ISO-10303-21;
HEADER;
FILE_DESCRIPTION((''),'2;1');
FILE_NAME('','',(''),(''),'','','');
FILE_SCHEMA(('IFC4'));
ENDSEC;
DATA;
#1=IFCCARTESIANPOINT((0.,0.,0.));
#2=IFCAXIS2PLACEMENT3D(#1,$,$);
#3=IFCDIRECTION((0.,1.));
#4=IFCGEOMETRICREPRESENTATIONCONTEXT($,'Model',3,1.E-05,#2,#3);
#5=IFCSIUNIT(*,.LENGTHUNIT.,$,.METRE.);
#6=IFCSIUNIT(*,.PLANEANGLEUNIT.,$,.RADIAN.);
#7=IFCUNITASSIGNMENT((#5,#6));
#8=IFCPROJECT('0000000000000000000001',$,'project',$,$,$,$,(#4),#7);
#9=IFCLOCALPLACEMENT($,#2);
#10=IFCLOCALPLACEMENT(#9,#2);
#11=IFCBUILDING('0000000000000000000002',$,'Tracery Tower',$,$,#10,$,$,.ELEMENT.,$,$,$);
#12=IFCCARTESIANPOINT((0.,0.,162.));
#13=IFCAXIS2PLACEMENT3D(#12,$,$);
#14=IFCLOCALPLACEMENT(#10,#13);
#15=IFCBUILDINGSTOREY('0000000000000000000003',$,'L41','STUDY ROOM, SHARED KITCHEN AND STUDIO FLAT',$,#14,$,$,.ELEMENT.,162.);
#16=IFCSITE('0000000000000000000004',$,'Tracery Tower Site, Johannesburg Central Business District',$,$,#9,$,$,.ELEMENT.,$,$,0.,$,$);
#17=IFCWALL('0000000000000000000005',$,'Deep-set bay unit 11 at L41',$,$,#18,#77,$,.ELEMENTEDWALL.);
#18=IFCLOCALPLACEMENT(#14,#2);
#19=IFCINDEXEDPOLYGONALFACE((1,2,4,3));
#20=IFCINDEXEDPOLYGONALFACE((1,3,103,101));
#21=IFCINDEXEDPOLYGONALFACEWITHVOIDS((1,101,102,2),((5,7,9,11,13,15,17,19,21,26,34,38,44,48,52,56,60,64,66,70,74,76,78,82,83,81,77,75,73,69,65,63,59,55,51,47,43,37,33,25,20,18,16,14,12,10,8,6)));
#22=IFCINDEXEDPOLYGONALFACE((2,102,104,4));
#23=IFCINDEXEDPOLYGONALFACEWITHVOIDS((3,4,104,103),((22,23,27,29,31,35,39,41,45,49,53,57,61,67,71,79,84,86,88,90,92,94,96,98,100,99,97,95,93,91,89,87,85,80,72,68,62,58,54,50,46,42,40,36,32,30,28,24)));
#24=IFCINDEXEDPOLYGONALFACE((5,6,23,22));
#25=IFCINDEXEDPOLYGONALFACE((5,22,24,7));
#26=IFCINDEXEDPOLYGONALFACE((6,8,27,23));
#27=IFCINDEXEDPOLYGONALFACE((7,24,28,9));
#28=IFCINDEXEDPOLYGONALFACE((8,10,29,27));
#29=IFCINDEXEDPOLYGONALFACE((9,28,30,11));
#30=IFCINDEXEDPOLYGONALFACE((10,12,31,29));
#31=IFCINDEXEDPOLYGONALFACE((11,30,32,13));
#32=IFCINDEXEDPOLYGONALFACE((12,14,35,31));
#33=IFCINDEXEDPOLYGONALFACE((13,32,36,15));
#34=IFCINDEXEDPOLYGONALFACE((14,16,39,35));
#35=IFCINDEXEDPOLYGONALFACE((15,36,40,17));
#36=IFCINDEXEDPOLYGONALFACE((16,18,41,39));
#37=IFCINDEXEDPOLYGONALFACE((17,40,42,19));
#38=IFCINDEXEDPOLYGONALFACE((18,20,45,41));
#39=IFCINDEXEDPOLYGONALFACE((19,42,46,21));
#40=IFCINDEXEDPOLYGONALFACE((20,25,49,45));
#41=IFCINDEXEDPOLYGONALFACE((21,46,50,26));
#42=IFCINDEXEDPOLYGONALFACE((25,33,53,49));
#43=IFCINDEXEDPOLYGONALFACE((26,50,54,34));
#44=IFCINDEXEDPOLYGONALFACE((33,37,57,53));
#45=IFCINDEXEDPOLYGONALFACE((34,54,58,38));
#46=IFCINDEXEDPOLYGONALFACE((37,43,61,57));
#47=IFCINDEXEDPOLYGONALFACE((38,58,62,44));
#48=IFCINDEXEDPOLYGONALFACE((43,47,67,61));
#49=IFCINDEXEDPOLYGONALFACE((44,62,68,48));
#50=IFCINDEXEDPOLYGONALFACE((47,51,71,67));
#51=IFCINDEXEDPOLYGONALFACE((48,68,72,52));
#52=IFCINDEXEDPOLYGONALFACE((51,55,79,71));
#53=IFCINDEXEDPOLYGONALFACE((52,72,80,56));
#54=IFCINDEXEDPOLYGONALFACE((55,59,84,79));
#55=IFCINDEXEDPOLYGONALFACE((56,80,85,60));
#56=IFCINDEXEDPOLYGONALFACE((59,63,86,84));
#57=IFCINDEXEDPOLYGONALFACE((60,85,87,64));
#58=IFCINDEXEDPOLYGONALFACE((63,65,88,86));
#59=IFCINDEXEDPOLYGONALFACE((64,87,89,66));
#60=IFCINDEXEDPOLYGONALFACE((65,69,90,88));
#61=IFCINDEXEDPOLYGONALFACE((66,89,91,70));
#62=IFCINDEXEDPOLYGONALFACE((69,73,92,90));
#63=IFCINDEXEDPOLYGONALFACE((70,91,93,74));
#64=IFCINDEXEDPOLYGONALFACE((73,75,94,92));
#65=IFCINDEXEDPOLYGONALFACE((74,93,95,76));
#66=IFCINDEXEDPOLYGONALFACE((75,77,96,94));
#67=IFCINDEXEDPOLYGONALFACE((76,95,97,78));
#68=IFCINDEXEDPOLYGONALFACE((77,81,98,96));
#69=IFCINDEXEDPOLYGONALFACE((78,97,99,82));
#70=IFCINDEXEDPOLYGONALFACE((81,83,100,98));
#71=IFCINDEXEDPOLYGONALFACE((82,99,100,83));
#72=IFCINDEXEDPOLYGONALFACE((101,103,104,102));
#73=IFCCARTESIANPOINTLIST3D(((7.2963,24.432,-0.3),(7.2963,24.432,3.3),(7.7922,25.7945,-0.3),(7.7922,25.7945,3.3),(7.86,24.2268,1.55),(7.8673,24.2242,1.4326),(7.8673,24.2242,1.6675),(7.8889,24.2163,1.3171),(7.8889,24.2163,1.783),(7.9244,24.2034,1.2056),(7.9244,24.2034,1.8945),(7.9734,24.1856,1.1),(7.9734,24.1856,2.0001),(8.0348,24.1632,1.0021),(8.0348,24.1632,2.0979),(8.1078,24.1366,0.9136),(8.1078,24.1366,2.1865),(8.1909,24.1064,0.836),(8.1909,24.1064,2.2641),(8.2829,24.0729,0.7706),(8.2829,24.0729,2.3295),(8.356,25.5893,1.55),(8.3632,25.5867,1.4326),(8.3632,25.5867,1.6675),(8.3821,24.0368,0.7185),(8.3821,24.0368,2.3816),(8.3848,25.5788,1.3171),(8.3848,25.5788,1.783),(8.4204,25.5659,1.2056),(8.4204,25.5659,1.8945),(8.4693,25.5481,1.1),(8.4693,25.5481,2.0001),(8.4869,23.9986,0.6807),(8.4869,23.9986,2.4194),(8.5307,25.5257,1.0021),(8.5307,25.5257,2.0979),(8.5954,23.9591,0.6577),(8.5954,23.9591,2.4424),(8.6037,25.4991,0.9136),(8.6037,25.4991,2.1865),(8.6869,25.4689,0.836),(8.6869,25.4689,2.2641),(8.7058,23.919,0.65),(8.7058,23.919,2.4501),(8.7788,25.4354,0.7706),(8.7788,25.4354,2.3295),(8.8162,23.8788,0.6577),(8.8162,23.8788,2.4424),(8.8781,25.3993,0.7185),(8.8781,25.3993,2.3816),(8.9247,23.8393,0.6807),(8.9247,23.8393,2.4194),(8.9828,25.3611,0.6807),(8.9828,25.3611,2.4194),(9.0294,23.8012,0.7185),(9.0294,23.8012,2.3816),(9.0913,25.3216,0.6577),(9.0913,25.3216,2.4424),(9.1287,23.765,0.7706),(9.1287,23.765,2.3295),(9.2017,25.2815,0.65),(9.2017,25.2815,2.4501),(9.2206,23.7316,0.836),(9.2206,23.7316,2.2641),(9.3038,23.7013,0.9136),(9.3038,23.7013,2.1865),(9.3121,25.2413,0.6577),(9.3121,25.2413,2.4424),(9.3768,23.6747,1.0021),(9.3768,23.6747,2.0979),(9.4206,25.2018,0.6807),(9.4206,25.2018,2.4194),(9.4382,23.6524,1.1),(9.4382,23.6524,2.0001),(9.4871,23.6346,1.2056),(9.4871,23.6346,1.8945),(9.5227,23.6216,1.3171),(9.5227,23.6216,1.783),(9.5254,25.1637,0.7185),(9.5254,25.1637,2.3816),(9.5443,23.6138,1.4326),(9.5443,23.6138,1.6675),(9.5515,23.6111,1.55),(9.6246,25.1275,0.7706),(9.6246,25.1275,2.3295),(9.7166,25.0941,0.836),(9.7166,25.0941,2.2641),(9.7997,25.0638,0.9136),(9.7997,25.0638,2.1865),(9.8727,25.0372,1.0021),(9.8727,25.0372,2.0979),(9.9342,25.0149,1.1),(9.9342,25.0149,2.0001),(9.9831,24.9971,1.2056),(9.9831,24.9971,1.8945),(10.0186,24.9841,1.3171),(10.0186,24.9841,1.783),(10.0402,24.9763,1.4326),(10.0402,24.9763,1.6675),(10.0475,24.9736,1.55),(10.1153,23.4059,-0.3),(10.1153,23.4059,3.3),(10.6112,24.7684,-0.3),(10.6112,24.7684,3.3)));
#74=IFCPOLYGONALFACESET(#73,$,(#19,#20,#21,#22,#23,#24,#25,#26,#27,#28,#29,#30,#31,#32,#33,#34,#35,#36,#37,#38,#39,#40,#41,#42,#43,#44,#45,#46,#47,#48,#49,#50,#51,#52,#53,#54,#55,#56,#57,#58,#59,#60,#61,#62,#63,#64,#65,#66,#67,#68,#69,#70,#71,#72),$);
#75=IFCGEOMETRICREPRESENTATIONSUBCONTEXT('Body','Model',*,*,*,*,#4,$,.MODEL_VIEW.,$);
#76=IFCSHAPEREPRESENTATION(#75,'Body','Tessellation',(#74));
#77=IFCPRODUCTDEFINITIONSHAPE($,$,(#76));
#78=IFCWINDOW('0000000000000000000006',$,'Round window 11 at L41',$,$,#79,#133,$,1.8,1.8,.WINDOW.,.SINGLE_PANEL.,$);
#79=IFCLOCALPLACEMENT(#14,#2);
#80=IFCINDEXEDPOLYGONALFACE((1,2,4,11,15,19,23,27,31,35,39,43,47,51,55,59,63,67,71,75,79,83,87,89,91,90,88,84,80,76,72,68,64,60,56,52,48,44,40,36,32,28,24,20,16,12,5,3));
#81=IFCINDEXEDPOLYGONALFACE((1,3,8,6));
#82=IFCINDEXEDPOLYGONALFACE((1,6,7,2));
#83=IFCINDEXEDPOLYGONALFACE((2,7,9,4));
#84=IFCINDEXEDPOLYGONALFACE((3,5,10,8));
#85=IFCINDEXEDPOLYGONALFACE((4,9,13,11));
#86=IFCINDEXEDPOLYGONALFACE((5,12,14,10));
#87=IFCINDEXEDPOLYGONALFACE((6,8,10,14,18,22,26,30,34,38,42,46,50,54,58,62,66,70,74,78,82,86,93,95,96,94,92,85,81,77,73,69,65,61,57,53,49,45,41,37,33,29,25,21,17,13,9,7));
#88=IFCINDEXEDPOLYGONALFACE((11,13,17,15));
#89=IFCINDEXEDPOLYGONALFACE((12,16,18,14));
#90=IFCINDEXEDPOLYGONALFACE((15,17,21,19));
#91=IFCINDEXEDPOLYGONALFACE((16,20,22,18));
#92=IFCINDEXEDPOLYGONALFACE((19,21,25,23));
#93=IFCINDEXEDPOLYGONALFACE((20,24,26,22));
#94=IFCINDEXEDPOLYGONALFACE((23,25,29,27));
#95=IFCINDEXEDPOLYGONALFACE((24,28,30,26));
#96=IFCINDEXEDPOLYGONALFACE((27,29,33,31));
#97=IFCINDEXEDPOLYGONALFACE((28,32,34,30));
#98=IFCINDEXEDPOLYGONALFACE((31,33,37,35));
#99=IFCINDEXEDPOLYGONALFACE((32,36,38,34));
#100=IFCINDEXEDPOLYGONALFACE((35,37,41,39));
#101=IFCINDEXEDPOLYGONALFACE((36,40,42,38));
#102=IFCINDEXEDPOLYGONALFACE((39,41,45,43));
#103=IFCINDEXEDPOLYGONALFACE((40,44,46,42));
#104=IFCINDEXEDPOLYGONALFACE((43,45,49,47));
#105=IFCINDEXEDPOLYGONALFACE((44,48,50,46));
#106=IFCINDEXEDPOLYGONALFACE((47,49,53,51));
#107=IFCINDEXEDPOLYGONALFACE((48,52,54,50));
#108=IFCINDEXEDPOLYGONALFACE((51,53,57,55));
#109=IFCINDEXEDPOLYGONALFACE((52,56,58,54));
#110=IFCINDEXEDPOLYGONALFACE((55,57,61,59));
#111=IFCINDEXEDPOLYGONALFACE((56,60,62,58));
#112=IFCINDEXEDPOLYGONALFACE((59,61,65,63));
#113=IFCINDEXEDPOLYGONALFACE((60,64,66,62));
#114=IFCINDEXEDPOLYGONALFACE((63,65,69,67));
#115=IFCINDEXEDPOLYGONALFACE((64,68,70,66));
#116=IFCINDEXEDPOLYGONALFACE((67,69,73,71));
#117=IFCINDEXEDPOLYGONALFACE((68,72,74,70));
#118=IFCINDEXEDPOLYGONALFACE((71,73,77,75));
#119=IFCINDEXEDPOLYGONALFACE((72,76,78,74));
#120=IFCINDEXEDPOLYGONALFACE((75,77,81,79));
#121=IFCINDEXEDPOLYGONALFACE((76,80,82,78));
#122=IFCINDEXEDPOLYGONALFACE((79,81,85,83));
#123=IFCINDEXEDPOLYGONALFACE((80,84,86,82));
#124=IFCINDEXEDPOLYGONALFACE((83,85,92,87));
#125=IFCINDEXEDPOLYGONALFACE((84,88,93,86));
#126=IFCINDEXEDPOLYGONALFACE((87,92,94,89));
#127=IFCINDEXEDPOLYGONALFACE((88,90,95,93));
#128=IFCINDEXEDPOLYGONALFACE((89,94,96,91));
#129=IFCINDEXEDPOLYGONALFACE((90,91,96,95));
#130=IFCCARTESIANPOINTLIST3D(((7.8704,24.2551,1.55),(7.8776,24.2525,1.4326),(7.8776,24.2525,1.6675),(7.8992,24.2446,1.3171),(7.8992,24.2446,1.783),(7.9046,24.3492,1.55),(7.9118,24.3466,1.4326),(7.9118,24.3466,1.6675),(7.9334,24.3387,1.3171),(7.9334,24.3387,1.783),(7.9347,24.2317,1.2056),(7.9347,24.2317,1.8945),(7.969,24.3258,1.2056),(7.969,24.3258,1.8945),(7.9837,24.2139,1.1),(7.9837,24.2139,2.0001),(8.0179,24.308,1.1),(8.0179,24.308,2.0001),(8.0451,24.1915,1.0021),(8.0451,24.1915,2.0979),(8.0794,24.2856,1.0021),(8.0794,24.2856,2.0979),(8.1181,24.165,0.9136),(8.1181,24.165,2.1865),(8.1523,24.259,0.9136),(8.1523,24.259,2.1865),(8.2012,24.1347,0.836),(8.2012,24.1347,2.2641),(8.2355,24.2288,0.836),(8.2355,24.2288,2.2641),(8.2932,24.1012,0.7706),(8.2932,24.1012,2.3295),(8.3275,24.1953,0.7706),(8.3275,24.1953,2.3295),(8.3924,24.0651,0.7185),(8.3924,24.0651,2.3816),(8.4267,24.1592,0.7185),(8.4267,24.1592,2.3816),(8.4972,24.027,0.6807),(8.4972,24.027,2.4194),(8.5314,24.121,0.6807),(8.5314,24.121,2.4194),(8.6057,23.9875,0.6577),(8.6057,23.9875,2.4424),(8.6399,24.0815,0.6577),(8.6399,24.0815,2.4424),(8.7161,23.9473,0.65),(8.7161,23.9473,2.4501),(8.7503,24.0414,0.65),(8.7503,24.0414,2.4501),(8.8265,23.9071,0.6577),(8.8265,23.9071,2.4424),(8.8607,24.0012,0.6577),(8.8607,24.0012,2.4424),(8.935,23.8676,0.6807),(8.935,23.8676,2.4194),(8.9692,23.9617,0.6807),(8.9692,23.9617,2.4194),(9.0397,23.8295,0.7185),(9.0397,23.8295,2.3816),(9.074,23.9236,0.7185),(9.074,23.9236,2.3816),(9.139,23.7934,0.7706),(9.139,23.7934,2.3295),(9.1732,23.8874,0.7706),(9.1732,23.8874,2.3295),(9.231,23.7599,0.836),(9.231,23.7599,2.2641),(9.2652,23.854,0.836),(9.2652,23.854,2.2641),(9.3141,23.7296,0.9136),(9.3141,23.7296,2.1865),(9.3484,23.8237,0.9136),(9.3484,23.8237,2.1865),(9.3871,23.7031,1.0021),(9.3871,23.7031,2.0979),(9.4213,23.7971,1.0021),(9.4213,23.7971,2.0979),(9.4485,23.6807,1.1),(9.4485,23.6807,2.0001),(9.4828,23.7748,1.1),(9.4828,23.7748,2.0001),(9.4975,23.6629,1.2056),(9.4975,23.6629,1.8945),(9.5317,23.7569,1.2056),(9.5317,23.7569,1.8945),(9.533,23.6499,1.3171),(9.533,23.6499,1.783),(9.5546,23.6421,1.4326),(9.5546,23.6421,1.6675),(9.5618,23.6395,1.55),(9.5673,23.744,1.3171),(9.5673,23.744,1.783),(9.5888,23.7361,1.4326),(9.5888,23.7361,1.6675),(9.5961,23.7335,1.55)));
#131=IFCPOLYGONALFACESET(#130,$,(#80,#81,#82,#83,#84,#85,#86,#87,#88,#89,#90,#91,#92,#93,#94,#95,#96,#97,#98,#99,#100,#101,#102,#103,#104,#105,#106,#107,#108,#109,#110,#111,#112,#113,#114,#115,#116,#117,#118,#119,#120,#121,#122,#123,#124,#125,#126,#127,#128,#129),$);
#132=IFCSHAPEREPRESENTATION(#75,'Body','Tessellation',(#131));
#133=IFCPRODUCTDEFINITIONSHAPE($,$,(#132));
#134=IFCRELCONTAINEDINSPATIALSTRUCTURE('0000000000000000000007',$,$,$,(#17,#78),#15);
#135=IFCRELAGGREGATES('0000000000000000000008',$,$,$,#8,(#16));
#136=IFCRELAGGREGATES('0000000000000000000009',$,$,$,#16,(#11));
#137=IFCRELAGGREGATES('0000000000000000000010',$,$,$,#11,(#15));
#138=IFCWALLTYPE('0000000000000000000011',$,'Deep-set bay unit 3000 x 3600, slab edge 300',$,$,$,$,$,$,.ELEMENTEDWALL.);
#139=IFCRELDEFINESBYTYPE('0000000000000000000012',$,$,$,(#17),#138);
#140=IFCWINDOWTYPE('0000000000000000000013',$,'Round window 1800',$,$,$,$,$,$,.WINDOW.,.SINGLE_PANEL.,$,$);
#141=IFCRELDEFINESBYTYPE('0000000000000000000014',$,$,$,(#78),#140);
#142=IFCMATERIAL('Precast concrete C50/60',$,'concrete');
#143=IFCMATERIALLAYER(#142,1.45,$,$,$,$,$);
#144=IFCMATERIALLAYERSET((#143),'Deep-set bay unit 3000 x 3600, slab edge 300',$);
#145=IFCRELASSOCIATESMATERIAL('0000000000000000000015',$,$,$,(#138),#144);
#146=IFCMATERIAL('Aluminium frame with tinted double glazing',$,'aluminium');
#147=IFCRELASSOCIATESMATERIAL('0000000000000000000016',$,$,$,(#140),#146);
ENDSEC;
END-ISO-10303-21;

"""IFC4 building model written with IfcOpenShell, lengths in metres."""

from ifc_helpers import new_model, si_unit, direction, frame, frame_2d, origin, origin_2d, place, context, subcontext, project, spatial, rectangle, circle, extrude, material, layer, layer_set, type_object, element, fill, save


model = new_model("IFC4")

# Units and contexts
model_context = context("Model", 3, precision=1e-05, world=origin(), true_north=direction((0.0, 1.0)))
body_context = subcontext(model_context, "Body", "Model", "MODEL_VIEW")
ifc_project = project(units=[si_unit("LENGTHUNIT", "METRE"), si_unit("PLANEANGLEUNIT", "RADIAN")], contexts=[model_context])

# Site, building, storey
site_placement = place(None, origin())
site = spatial("IfcSite", under=ifc_project, at=site_placement, Name="Tracery Tower Site, Johannesburg Central Business District", CompositionType="ELEMENT", RefElevation=0.0)
building_placement = place(site_placement, origin())
building = spatial("IfcBuilding", under=site, at=building_placement, Name="Tracery Tower", CompositionType="ELEMENT")
storey_placement = place(building_placement, frame((0.0, 0.0, 162.0)))
storey = spatial("IfcBuildingStorey", under=building, at=storey_placement, Name="L41", Description="STUDY ROOM, SHARED KITCHEN AND STUDIO FLAT", CompositionType="ELEMENT", Elevation=162.0)

# Wall, opening, window
ifc_material_1 = material(Name="Precast concrete C50/60", Category="concrete")
ifc_layer_1 = layer(ifc_material_1, 1.45)
ifc_layer_set_1 = layer_set([ifc_layer_1], Name="Deep-set bay unit 3000 x 3600, slab edge 300")
wall_type_1 = type_object("IfcWallType", Name="Deep-set bay unit 3000 x 3600, slab edge 300", PredefinedType="ELEMENTEDWALL", material=ifc_layer_set_1)
ifc_material_2 = material(Name="Aluminium frame with tinted double glazing", Category="aluminium")
window_type = type_object("IfcWindowType", Name="Round window 1800", PartitioningType="SINGLE_PANEL", PredefinedType="WINDOW", material=ifc_material_2)
wall_1_placement = place(storey_placement, frame((10.3633, 24.0872, -0.3), z_axis=(0.0, 0.0, 1.0), x_axis=(-0.939686, 0.342037, 0.0)))
wall_1 = element("IfcWall", 1, at=wall_1_placement, inside=storey, type_object=wall_type_1, Name="Deep-set bay unit 11 at L41", PredefinedType="ELEMENTEDWALL", context=body_context, shape_type="SweptSolid", body=[
    extrude(rectangle(XDim=3.0, YDim=1.45, at=frame_2d((1.5, 0.0))), origin(), (0.0, 0.0, 1.0), 3.6001),
])
opening_1_placement = place(wall_1_placement, frame((1.5, 0.0, 1.8501)))
opening_1 = element("IfcOpeningElement", 2, at=opening_1_placement, cuts=wall_1, PredefinedType="OPENING", context=body_context, shape_type="SweptSolid", body=[
    extrude(circle(Radius=0.9, at=origin_2d()), frame((0.0, 0.7349, 0.0), z_axis=(0.0, -1.0, 0.0), x_axis=(1.0, 0.0, 0.0)), (0.0, 0.0, 1.0), 1.47),
])
window_1_placement = place(opening_1_placement, origin())
window_1 = element("IfcWindow", 3, at=window_1_placement, inside=storey, type_object=window_type, Name="Round window 11 at L41", OverallHeight=1.8, OverallWidth=1.8, PartitioningType="SINGLE_PANEL", PredefinedType="WINDOW", context=body_context, shape_type="SweptSolid", body=[
    extrude(circle(Radius=0.9, at=origin_2d()), frame((0.0, 0.6948, 0.0), z_axis=(0.0, -1.0, 0.0), x_axis=(1.0, 0.0, 0.0)), (0.0, 0.0, 1.0), 0.1001),
])
fill(opening_1, window_1)

save(model, "model.ifc")
